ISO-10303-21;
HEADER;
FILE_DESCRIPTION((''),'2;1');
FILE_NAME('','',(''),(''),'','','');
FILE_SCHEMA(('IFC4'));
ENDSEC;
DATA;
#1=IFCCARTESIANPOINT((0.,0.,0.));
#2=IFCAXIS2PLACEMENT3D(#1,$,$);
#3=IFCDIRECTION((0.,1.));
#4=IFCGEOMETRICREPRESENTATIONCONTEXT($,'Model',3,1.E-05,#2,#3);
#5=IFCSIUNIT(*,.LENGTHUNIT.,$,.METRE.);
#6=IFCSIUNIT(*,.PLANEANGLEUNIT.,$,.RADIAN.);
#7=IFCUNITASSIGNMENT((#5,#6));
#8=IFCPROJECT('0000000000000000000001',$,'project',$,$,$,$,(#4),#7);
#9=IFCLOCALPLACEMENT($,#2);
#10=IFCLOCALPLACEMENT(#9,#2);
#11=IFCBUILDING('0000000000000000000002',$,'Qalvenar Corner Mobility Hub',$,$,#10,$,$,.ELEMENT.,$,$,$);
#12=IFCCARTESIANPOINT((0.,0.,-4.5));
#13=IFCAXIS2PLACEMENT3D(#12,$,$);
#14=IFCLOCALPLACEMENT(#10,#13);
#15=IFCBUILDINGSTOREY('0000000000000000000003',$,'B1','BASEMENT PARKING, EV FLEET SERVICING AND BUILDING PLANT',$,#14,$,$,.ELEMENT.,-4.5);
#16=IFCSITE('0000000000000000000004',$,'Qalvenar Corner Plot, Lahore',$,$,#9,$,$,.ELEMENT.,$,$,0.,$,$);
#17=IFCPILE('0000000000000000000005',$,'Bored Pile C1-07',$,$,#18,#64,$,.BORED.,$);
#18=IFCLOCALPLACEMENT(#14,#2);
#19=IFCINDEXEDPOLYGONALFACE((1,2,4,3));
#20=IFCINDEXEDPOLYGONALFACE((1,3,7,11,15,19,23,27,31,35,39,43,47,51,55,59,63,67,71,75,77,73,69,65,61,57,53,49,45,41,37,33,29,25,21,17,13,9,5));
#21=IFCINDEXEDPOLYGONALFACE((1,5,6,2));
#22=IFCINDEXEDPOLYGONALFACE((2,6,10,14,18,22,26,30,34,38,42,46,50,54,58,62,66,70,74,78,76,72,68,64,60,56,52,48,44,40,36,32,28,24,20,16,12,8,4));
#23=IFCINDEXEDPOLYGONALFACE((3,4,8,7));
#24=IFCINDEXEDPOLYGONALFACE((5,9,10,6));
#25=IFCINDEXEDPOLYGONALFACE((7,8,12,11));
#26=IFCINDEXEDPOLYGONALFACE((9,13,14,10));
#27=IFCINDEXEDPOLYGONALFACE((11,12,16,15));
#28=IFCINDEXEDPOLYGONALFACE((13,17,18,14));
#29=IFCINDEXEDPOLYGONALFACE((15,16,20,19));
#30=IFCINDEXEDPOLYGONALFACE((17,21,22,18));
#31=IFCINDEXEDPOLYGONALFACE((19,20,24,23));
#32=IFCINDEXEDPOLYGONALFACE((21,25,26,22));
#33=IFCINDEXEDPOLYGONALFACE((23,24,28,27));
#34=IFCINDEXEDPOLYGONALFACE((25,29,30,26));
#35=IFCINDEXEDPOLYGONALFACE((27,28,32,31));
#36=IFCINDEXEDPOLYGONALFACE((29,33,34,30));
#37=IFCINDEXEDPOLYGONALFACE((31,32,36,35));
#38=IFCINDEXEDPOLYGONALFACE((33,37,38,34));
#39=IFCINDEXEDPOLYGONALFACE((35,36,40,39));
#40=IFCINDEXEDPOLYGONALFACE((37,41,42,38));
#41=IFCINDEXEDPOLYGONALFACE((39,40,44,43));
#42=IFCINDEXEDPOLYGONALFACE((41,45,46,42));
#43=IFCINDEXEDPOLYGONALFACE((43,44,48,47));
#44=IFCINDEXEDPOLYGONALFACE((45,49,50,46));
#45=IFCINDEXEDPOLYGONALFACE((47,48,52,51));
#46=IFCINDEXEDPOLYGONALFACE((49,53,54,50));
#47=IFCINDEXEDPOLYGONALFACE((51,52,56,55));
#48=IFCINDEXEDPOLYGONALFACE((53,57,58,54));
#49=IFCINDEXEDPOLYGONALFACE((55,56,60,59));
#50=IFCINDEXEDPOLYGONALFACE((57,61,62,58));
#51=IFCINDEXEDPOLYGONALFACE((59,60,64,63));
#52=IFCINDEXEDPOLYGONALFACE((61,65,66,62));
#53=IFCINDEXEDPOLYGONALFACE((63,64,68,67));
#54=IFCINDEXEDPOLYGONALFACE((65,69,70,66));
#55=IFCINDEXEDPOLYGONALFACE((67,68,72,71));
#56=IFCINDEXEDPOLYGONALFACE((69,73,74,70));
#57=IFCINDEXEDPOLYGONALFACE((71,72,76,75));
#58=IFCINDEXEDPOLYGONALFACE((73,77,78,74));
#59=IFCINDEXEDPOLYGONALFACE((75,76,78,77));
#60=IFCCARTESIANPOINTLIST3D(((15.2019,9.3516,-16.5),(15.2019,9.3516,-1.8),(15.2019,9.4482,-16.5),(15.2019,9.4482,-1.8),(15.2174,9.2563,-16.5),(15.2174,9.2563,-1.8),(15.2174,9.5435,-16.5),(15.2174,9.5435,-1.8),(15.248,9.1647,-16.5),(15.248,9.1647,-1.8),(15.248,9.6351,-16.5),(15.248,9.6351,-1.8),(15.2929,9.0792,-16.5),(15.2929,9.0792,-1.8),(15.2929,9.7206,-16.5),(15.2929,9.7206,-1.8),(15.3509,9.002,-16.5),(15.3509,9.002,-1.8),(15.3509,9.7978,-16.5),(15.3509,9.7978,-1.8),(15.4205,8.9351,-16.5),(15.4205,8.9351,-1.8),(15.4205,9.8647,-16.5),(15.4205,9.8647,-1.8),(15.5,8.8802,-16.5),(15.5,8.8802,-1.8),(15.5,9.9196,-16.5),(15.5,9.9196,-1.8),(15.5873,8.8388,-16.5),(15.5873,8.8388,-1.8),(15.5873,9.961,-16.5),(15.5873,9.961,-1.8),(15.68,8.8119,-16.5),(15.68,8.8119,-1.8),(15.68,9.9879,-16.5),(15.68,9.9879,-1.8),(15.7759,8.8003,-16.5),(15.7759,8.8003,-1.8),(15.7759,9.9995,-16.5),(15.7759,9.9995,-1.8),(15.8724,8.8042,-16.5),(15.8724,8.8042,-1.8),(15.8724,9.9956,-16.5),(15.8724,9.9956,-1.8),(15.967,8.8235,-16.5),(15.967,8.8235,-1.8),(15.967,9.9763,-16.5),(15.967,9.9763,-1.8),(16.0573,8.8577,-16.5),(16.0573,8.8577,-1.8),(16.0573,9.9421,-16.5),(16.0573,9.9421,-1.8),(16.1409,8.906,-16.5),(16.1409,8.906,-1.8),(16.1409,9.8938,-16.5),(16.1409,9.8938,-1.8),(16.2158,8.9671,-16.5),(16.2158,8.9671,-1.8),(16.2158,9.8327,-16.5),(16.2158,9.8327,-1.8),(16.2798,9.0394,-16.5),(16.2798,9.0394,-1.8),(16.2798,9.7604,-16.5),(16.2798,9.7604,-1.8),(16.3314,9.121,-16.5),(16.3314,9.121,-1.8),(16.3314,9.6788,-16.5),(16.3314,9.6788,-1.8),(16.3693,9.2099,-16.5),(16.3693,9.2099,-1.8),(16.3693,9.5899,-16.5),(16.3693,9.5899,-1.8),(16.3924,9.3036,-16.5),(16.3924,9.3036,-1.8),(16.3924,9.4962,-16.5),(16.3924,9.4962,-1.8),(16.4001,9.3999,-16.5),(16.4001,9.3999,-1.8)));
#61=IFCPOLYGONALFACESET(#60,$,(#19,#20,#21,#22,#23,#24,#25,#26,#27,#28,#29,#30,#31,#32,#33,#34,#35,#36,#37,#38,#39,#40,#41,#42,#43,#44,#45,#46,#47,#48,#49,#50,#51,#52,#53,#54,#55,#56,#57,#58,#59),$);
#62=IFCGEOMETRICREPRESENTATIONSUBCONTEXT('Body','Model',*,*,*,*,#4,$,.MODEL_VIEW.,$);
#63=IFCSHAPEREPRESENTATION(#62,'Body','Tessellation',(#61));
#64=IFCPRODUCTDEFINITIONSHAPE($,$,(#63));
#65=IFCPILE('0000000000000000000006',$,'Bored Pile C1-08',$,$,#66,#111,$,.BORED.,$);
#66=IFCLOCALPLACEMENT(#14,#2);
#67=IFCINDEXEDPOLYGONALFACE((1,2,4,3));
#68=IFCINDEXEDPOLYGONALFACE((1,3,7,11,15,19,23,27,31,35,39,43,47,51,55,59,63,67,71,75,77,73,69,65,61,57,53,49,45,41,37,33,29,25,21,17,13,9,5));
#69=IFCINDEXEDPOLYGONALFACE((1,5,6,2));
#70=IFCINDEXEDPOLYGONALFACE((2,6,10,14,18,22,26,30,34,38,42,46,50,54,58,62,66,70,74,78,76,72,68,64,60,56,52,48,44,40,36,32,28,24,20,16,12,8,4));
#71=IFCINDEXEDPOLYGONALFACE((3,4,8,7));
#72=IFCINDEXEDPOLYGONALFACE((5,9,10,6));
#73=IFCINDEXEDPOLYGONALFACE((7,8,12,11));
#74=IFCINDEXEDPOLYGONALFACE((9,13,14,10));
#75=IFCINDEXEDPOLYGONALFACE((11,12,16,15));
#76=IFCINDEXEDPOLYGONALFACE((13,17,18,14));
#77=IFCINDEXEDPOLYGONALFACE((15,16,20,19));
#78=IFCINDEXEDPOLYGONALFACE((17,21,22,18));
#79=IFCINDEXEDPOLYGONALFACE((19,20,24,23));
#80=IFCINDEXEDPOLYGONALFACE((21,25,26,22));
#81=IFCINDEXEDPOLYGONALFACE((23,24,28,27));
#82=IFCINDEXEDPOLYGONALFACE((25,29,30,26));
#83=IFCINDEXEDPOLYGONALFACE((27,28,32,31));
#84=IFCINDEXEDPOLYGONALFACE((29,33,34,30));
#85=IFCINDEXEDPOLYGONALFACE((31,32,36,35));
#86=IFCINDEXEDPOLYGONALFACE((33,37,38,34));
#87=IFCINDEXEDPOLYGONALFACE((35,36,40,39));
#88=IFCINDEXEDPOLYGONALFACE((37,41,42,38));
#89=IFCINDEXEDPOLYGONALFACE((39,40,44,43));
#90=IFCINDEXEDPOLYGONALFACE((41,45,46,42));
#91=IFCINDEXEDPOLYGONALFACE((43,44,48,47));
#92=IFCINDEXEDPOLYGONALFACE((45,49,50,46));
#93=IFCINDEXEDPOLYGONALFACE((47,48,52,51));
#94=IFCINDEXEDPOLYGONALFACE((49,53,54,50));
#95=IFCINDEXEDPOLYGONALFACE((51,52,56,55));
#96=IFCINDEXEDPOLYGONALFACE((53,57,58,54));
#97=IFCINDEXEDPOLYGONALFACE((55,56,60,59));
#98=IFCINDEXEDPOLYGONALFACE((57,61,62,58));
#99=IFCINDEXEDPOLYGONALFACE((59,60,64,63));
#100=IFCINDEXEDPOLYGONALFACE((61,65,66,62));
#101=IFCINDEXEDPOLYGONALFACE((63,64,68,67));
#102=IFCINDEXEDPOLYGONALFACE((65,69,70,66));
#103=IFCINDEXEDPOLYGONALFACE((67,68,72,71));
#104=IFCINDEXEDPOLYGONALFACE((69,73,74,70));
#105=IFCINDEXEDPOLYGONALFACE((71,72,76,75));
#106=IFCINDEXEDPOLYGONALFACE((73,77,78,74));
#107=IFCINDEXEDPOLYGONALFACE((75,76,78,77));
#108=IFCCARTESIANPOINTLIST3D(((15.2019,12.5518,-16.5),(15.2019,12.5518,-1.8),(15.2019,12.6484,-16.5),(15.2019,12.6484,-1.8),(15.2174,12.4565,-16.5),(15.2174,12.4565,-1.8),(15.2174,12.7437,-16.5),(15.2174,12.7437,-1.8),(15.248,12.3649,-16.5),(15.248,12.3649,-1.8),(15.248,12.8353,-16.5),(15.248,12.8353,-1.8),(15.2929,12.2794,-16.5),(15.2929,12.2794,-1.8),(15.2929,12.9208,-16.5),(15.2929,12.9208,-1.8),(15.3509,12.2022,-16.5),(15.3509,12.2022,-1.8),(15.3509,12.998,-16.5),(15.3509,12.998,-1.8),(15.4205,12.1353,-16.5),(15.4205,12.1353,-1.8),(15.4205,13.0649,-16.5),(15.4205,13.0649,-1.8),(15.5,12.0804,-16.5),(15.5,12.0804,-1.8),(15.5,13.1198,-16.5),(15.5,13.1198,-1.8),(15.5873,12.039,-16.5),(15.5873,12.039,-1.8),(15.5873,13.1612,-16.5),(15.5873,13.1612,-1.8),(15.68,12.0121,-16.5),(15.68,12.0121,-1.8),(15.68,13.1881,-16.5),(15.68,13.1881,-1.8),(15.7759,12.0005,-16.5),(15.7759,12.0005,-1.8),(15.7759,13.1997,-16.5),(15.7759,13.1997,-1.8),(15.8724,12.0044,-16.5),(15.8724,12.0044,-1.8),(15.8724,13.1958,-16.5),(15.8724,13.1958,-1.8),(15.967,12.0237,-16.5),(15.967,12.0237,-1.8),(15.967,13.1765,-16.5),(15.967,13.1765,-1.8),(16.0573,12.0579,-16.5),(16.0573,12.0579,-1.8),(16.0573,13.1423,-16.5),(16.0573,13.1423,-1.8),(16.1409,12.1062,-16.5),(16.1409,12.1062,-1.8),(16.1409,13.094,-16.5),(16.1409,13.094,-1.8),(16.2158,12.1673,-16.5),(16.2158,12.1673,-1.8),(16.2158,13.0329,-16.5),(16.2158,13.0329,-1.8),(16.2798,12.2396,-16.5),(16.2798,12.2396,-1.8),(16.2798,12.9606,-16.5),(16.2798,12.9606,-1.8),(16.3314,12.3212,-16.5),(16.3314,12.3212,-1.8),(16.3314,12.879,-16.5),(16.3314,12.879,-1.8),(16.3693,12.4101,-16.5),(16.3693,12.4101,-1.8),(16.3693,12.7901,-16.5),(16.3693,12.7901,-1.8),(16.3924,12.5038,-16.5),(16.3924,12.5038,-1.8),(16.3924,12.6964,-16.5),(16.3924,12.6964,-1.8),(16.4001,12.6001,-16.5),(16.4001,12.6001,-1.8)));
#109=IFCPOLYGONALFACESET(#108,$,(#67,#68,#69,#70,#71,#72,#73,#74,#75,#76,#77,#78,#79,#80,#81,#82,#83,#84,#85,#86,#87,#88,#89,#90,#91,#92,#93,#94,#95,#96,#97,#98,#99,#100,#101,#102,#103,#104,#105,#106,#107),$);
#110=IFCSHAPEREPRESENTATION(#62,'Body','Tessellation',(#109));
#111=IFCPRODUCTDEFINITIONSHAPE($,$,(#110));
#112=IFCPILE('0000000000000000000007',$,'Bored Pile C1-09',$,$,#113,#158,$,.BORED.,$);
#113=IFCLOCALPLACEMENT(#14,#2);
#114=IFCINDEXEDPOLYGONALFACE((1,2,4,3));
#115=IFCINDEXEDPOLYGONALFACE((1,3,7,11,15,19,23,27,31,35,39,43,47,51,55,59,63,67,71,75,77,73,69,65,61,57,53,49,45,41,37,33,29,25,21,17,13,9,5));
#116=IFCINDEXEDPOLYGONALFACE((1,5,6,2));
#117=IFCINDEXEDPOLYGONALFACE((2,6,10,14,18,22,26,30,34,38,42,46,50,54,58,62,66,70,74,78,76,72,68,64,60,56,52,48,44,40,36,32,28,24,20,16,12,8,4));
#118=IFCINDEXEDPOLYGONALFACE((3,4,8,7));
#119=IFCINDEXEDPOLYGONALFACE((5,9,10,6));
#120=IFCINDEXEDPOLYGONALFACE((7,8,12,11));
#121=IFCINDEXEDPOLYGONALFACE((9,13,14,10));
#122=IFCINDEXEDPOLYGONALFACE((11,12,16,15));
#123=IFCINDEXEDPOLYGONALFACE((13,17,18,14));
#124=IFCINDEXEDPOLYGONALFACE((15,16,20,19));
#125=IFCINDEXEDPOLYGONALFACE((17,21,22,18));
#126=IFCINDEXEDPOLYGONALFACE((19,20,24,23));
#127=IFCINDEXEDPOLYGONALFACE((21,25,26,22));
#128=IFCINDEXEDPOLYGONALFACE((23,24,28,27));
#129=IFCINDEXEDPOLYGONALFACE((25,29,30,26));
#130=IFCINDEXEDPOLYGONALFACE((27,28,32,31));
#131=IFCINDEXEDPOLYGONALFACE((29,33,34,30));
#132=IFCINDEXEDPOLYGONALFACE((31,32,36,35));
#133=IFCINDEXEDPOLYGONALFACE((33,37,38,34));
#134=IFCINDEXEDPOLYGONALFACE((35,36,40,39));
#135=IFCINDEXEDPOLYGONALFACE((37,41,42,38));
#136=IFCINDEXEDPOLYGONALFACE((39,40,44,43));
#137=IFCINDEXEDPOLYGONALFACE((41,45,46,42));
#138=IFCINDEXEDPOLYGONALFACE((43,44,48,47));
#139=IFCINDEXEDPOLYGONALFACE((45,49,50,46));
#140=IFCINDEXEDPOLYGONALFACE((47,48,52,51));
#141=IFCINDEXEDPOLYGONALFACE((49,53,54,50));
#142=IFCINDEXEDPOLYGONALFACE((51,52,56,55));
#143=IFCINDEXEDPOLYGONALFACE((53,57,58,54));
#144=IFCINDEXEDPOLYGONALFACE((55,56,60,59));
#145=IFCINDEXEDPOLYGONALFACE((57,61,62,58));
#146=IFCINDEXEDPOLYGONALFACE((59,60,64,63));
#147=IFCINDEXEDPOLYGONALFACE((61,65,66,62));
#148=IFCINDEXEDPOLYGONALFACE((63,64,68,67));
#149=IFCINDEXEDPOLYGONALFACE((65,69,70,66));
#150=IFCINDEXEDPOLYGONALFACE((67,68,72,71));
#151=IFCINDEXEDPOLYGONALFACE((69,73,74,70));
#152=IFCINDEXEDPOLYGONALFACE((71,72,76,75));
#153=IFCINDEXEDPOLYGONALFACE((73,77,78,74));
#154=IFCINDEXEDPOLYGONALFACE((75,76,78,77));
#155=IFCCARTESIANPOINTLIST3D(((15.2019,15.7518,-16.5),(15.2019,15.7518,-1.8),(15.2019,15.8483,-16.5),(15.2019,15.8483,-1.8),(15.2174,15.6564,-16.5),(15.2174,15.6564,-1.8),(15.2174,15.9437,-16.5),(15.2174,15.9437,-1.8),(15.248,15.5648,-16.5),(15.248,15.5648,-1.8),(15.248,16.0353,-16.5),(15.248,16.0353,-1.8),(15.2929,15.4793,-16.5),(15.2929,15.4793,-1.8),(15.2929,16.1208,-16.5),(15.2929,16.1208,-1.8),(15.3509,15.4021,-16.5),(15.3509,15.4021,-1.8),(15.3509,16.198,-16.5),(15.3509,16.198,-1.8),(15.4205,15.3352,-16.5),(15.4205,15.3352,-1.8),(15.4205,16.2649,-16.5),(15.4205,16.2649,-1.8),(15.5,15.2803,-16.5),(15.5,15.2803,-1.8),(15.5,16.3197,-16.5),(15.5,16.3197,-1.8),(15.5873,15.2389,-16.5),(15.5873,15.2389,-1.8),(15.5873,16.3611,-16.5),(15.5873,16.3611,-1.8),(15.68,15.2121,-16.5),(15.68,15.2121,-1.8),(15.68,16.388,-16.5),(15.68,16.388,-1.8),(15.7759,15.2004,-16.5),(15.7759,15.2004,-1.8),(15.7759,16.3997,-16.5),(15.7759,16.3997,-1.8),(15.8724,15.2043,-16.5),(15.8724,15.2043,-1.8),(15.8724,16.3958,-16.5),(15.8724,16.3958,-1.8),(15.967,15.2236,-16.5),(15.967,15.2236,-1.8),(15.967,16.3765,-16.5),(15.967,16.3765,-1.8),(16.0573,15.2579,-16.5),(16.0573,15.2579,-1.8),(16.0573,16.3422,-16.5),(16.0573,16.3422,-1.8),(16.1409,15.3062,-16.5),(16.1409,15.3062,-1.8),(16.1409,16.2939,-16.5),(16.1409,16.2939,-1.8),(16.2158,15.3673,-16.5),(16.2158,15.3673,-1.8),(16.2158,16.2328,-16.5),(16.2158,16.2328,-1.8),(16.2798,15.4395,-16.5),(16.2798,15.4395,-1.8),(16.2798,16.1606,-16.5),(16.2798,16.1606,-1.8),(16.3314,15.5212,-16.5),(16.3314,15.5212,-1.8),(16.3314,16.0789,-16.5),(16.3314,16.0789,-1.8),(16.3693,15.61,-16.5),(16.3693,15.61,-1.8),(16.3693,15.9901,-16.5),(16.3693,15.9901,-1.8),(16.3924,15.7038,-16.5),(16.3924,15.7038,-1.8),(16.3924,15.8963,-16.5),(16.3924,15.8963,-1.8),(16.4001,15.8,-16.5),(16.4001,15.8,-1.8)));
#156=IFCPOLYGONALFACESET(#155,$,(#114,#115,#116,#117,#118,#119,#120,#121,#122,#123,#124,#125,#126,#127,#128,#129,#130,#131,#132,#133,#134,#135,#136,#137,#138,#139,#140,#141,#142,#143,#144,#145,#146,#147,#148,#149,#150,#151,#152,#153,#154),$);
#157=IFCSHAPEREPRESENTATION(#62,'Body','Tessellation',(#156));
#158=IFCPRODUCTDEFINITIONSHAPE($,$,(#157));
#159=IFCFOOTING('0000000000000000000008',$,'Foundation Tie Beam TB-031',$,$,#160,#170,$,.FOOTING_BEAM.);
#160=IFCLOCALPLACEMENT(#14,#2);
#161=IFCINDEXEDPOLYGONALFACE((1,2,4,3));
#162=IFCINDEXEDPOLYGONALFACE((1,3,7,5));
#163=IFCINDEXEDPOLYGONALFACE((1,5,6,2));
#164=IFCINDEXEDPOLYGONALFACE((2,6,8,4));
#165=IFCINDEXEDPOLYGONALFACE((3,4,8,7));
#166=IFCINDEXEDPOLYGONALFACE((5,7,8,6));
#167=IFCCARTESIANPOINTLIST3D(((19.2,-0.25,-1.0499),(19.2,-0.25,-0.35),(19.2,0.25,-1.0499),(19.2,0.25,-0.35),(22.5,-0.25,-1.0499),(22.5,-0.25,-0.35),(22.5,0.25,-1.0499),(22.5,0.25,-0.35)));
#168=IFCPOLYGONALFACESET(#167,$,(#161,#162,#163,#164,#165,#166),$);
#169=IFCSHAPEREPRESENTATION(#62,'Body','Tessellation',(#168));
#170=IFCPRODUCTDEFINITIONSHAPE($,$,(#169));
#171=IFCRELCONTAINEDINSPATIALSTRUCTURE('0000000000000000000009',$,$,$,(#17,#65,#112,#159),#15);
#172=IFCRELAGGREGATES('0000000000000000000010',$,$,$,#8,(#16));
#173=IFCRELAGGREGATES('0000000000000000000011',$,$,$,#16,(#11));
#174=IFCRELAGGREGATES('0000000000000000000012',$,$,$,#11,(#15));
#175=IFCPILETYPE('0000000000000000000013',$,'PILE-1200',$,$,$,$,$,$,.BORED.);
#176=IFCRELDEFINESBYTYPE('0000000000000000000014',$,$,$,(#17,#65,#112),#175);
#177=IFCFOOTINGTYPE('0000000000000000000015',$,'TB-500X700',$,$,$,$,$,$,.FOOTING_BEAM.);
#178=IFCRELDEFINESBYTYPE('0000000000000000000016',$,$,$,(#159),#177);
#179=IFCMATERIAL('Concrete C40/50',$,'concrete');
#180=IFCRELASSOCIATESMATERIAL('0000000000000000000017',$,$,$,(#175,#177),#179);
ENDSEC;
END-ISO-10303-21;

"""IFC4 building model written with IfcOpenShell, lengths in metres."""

from ifc_helpers import new_model, si_unit, direction, frame, origin, origin_2d, place, context, subcontext, project, spatial, rectangle, circle, extrude, material, material_profile, profile_set, type_object, element, save


model = new_model("IFC4")

# Units and contexts
model_context = context("Model", 3, precision=1e-05, world=origin(), true_north=direction((0.0, 1.0)))
body_context = subcontext(model_context, "Body", "Model", "MODEL_VIEW")
ifc_project = project(units=[si_unit("LENGTHUNIT", "METRE"), si_unit("PLANEANGLEUNIT", "RADIAN")], contexts=[model_context])

# Site, building, storey
site_placement = place(None, origin())
site = spatial("IfcSite", under=ifc_project, at=site_placement, Name="Qalvenar Corner Plot, Lahore", CompositionType="ELEMENT", RefElevation=0.0)
building_placement = place(site_placement, origin())
building = spatial("IfcBuilding", under=site, at=building_placement, Name="Qalvenar Corner Mobility Hub", CompositionType="ELEMENT")
storey_placement = place(building_placement, frame((0.0, 0.0, -4.5)))
storey = spatial("IfcBuildingStorey", under=building, at=storey_placement, Name="B1", Description="BASEMENT PARKING, EV FLEET SERVICING AND BUILDING PLANT", CompositionType="ELEMENT", Elevation=-4.5)

# Shared definitions
ifc_material_1 = material(Name="Concrete C40/50", Category="concrete")

# Piles
ifc_material_profile_1 = material_profile(ifc_material_1, circle(Radius=0.6001, at=origin_2d()), Name="DIA1200")
ifc_profile_set_1 = profile_set([ifc_material_profile_1], Name="Concrete C40/50")
pile_type_1 = type_object("IfcPileType", Name="PILE-1200", PredefinedType="BORED", material=ifc_profile_set_1)
for number, where, z_axis, x_axis, name in (
    (1, (15.8, 9.3999, -1.8), (0.0, 0.0, -1.0), (1.0, 0.0, 0.0), "Bored Pile C1-07"),
    (2, (15.8, 12.6001, -1.8), (0.0, 0.0, -1.0), (1.0, 0.0, 0.0), "Bored Pile C1-08"),
    (3, (15.8, 15.8, -1.8), (0.0, 0.0, -1.0), (1.0, 0.0, 0.0), "Bored Pile C1-09"),
):
    element("IfcPile", number, at=place(storey_placement, frame(where, z_axis=z_axis, x_axis=x_axis)), inside=storey, type_object=pile_type_1, Name=name, PredefinedType="BORED", context=body_context, shape_type="SweptSolid", body=[
        extrude(circle(Radius=0.6001, at=origin_2d()), origin(), (0.0, 0.0, 1.0), 14.7),
    ])

# Footing
ifc_material_profile_2 = material_profile(ifc_material_1, rectangle(XDim=0.5, YDim=0.7, at=origin_2d()), Name="RC500x700")
ifc_profile_set_2 = profile_set([ifc_material_profile_2], Name="Concrete C40/50")
footing_type_1 = type_object("IfcFootingType", Name="TB-500X700", PredefinedType="FOOTING_BEAM", material=ifc_profile_set_2)
footing_1_placement = place(storey_placement, frame((19.2, 0.0, -0.7), z_axis=(1.0, 0.0, 0.0), x_axis=(0.0, 1.0, 0.0)))
element("IfcFooting", 4, at=footing_1_placement, inside=storey, type_object=footing_type_1, Name="Foundation Tie Beam TB-031", PredefinedType="FOOTING_BEAM", context=body_context, shape_type="SweptSolid", body=[
    extrude(rectangle(XDim=0.5, YDim=0.7, at=origin_2d()), origin(), (0.0, 0.0, 1.0), 3.3),
])

save(model, "model.ifc")
